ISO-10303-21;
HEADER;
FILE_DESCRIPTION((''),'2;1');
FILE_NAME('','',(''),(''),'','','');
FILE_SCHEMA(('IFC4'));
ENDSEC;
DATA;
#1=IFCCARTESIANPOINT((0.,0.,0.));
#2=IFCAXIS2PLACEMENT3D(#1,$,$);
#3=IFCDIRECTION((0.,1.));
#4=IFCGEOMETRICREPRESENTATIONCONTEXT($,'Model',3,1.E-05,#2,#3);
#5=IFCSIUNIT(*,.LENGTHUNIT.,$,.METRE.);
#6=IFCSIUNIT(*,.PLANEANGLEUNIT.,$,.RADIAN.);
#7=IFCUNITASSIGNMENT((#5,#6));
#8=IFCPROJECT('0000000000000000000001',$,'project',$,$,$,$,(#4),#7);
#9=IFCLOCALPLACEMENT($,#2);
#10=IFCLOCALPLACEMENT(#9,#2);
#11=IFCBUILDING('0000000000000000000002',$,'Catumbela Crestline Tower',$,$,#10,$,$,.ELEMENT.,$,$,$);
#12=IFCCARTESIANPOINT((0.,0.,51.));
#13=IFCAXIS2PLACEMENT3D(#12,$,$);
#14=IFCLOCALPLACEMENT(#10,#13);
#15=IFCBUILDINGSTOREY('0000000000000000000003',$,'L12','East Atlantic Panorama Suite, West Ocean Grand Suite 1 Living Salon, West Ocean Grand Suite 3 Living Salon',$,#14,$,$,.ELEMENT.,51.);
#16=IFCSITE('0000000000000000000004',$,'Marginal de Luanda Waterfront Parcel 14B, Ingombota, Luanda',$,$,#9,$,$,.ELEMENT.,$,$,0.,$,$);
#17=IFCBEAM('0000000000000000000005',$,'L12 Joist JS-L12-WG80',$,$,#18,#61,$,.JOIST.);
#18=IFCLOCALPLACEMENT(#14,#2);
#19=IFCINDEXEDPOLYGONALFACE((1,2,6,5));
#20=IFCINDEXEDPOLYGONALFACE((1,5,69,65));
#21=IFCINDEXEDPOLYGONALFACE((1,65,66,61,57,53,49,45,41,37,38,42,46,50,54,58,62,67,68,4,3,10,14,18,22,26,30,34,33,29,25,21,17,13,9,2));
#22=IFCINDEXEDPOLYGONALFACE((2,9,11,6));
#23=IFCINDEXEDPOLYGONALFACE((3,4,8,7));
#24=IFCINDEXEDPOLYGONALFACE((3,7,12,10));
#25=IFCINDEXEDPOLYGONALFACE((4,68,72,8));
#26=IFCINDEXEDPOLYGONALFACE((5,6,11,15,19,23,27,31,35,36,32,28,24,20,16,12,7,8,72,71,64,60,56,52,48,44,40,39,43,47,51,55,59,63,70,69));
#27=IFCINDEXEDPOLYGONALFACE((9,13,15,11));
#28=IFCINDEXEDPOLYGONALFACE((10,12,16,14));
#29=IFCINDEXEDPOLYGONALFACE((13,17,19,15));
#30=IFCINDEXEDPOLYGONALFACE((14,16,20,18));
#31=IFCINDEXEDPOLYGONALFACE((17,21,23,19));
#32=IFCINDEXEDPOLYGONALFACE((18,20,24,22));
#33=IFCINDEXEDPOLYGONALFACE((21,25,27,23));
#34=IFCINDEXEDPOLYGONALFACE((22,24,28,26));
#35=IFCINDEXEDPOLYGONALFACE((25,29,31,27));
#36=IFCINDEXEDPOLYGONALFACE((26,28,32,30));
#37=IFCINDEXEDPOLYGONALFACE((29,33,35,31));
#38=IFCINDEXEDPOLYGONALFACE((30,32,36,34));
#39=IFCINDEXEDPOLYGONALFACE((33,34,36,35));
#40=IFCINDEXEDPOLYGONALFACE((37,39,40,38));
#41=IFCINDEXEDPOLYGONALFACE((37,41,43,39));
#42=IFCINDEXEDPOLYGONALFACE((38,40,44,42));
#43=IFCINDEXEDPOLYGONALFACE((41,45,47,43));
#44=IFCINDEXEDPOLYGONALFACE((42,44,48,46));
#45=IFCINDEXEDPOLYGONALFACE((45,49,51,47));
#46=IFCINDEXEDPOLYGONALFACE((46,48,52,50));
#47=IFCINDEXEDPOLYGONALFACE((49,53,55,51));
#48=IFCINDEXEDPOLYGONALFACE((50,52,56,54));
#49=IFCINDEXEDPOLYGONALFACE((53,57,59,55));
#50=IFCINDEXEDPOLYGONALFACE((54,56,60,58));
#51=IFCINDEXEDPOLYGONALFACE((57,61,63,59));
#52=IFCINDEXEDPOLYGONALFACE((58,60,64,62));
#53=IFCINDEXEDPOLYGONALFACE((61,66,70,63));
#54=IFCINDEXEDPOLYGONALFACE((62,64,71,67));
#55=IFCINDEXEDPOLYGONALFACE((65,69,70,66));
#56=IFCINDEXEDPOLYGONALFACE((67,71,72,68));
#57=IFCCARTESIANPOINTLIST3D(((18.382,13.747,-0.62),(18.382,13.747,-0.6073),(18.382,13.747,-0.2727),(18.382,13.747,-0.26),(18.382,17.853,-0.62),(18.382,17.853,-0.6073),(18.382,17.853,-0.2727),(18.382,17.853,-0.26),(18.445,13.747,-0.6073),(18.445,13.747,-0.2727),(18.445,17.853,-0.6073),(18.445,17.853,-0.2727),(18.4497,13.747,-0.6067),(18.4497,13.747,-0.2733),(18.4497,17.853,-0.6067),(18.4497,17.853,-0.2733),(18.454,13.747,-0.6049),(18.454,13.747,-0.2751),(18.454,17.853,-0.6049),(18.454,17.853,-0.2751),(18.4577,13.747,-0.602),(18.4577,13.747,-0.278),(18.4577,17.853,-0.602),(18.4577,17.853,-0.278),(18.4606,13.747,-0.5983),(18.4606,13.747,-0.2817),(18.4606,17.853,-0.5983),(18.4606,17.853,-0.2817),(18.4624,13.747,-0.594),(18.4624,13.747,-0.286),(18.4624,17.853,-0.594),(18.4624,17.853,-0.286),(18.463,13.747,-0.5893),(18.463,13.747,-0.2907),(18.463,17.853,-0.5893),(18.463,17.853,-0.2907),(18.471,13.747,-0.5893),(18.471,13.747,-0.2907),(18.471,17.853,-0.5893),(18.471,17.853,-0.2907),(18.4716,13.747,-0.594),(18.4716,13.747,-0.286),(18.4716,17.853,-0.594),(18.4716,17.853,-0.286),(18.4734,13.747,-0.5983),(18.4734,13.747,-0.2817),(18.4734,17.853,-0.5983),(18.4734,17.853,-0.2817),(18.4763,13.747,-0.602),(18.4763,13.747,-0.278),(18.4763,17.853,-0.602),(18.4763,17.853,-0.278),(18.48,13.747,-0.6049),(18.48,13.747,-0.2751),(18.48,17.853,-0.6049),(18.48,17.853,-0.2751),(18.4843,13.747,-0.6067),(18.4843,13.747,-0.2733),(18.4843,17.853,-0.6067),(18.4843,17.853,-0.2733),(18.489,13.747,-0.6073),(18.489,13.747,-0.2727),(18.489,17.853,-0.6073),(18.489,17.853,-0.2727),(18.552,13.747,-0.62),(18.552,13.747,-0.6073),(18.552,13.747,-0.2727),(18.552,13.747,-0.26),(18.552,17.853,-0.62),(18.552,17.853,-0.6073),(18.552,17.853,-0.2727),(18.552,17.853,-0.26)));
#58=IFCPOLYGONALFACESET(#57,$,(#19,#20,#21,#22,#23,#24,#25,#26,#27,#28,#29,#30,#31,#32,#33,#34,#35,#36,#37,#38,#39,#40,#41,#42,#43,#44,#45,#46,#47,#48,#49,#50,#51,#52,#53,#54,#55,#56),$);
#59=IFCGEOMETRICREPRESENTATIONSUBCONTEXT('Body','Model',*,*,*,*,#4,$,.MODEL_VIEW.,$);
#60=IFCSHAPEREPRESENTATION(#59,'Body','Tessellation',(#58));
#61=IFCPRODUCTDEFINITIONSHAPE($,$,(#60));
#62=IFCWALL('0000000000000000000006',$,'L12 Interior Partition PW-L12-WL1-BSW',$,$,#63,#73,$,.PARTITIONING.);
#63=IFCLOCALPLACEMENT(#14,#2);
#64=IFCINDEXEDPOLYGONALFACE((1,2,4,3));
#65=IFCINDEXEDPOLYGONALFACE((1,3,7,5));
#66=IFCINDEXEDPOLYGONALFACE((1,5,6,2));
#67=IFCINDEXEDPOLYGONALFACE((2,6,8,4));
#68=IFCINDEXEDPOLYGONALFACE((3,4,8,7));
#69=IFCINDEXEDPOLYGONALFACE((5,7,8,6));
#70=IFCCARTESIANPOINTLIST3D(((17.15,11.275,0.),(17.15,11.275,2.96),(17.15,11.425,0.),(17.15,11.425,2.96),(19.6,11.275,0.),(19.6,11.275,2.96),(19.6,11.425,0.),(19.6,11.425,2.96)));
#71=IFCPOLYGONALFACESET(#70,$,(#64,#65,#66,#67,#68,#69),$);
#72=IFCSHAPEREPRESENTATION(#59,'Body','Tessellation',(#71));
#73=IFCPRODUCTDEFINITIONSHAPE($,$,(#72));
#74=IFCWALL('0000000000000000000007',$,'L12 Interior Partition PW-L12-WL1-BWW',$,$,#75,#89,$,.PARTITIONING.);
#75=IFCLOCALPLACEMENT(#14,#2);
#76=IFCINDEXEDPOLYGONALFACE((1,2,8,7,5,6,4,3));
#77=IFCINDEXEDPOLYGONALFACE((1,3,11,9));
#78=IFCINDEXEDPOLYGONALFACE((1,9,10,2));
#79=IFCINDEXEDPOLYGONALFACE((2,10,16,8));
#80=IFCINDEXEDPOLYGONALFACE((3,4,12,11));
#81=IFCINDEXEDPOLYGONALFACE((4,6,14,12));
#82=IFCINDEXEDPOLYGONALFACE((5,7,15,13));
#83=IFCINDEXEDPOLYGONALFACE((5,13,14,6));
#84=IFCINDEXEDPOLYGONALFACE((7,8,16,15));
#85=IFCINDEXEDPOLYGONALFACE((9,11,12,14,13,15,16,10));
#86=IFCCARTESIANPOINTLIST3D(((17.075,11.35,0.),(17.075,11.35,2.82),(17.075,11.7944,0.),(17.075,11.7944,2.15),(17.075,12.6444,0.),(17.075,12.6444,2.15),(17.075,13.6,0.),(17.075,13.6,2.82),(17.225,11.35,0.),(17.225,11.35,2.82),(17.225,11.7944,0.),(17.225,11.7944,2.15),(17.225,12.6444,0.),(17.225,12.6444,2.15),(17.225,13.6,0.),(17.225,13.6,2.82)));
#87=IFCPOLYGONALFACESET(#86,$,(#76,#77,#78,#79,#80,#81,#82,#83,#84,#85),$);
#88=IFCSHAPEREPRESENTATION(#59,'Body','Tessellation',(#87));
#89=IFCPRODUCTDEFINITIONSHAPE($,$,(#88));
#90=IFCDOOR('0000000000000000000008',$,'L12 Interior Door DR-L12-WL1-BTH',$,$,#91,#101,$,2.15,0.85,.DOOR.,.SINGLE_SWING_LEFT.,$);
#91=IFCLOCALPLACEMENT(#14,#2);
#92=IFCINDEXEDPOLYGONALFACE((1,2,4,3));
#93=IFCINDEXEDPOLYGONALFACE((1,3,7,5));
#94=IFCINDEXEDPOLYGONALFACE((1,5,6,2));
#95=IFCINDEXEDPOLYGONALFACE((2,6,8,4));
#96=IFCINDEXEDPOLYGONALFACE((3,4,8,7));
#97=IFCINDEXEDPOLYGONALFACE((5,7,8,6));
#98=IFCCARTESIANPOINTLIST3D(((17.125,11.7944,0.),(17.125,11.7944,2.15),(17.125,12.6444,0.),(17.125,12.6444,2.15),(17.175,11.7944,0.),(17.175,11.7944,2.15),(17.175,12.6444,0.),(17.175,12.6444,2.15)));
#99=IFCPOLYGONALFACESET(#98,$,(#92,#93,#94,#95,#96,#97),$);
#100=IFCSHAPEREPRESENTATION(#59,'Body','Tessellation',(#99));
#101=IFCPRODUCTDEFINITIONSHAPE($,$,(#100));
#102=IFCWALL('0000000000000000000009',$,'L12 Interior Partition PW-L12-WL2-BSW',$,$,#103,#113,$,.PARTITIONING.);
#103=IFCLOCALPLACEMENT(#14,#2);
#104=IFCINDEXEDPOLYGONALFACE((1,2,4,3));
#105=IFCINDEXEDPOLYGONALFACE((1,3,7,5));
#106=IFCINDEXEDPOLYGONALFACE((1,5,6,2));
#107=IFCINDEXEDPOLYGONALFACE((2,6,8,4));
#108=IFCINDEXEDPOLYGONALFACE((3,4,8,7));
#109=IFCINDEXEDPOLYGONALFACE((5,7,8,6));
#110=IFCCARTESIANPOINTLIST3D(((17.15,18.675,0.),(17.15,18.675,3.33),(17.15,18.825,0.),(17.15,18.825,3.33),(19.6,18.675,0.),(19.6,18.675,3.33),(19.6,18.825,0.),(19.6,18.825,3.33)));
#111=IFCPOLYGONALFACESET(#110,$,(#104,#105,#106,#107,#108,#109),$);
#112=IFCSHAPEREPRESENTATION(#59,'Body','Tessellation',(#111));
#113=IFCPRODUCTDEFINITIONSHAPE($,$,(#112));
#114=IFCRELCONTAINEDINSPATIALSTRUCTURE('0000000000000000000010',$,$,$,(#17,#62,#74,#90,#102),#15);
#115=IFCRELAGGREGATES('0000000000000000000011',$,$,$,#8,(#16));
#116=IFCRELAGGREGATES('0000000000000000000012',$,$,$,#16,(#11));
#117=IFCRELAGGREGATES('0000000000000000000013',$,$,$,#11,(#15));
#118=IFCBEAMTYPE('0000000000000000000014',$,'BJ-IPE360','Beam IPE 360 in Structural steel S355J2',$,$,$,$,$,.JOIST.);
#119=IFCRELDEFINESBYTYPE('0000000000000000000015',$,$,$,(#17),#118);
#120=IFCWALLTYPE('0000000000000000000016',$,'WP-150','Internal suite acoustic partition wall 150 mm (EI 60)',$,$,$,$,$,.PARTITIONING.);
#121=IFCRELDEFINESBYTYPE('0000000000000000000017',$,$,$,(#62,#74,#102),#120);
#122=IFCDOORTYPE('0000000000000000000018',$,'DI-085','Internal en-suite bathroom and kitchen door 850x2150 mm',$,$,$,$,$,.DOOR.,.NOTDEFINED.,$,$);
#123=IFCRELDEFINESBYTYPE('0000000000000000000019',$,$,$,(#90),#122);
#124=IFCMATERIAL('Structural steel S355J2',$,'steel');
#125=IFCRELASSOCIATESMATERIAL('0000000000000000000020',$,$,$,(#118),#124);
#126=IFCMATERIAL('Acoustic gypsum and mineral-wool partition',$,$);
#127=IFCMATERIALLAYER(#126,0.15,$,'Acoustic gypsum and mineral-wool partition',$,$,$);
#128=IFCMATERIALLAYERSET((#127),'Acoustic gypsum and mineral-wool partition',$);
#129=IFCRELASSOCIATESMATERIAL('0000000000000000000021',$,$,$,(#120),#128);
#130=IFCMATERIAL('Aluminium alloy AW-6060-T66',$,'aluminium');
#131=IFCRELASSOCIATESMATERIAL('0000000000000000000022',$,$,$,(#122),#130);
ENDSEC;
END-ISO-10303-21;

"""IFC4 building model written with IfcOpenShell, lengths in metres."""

from ifc_helpers import new_model, si_unit, direction, frame, frame_2d, origin, origin_2d, place, context, subcontext, project, spatial, rectangle, i_section, extrude, material, layer, layer_set, material_profile, profile_set, type_object, element, fill, save


model = new_model("IFC4")

# Units and contexts
model_context = context("Model", 3, precision=1e-05, world=origin(), true_north=direction((0.0, 1.0)))
body_context = subcontext(model_context, "Body", "Model", "MODEL_VIEW")
ifc_project = project(units=[si_unit("LENGTHUNIT", "METRE"), si_unit("PLANEANGLEUNIT", "RADIAN")], contexts=[model_context])

# Site, building, storey
site_placement = place(None, origin())
site = spatial("IfcSite", under=ifc_project, at=site_placement, Name="Marginal de Luanda Waterfront Parcel 14B, Ingombota, Luanda", CompositionType="ELEMENT", RefElevation=0.0)
building_placement = place(site_placement, origin())
building = spatial("IfcBuilding", under=site, at=building_placement, Name="Catumbela Crestline Tower", CompositionType="ELEMENT")
storey_placement = place(building_placement, frame((0.0, 0.0, 51.0)))
storey = spatial("IfcBuildingStorey", under=building, at=storey_placement, Name="L12", Description="East Atlantic Panorama Suite, West Ocean Grand Suite 1 Living Salon, West Ocean Grand Suite 3 Living Salon", CompositionType="ELEMENT", Elevation=51.0)

# Beam
ifc_material_1 = material(Name="Structural steel S355J2", Category="steel")
ifc_material_profile_1 = material_profile(ifc_material_1, i_section(OverallWidth=0.17, OverallDepth=0.36, WebThickness=0.008, FlangeThickness=0.0127, FilletRadius=0.018, at=origin_2d()), Name="IPE 360")
ifc_profile_set_1 = profile_set([ifc_material_profile_1], Name="Structural steel S355J2")
beam_type_1 = type_object("IfcBeamType", Name="BJ-IPE360", Description="Beam IPE 360 in Structural steel S355J2", PredefinedType="JOIST", material=ifc_profile_set_1)
for number, where, z_axis, x_axis, name in (
    (1, (18.467, 13.747, -0.44), (0.0, 1.0, 0.0), (-1.0, 0.0, 0.0), "L12 Joist JS-L12-WG80"),
):
    element("IfcBeam", number, at=place(storey_placement, frame(where, z_axis=z_axis, x_axis=x_axis)), inside=storey, type_object=beam_type_1, Name=name, PredefinedType="JOIST", context=body_context, shape_type="SweptSolid", body=[
        extrude(i_section(OverallWidth=0.17, OverallDepth=0.36, WebThickness=0.008, FlangeThickness=0.0127, FilletRadius=0.018, at=origin_2d()), origin(), (0.0, 0.0, 1.0), 4.106),
    ])

# Wall
ifc_material_2 = material(Name="Acoustic gypsum and mineral-wool partition")
ifc_layer = layer(ifc_material_2, 0.15, Name="Acoustic gypsum and mineral-wool partition")
ifc_layer_set = layer_set([ifc_layer], Name="Acoustic gypsum and mineral-wool partition")
wall_type = type_object("IfcWallType", Name="WP-150", Description="Internal suite acoustic partition wall 150 mm (EI 60)", PredefinedType="PARTITIONING", material=ifc_layer_set)
wall_1_placement = place(storey_placement, frame((17.15, 11.35, 0.0), z_axis=(0.0, 0.0, 1.0), x_axis=(1.0, 0.0, 0.0)))
element("IfcWall", 2, at=wall_1_placement, inside=storey, type_object=wall_type, Name="L12 Interior Partition PW-L12-WL1-BSW", PredefinedType="PARTITIONING", context=body_context, shape_type="SweptSolid", body=[
    extrude(rectangle(XDim=2.45, YDim=0.15, at=frame_2d((1.225, 0.0))), origin(), (0.0, 0.0, 1.0), 2.96),
])

# Wall, opening, door
wall_2_placement = place(storey_placement, frame((17.15, 11.35, 0.0), z_axis=(0.0, 0.0, 1.0), x_axis=(0.0, 1.0, 0.0)))
wall_2 = element("IfcWall", 3, at=wall_2_placement, inside=storey, type_object=wall_type, Name="L12 Interior Partition PW-L12-WL1-BWW", PredefinedType="PARTITIONING", context=body_context, shape_type="SweptSolid", body=[
    extrude(rectangle(XDim=2.25, YDim=0.15, at=frame_2d((1.125, 0.0))), origin(), (0.0, 0.0, 1.0), 2.82),
])
opening_placement = place(wall_2_placement, frame((0.4444, 0.0, 0.0)))
opening = element("IfcOpeningElement", 4, at=opening_placement, cuts=wall_2, PredefinedType="OPENING", context=body_context, shape_type="SweptSolid", body=[
    extrude(rectangle(XDim=0.85, YDim=2.15, at=frame_2d((0.425, 1.075))), frame((0.0, 0.085, 0.0), z_axis=(0.0, -1.0, 0.0), x_axis=(1.0, 0.0, 0.0)), (0.0, 0.0, 1.0), 0.17),
])
ifc_material_3 = material(Name="Aluminium alloy AW-6060-T66", Category="aluminium")
door_type = type_object("IfcDoorType", Name="DI-085", Description="Internal en-suite bathroom and kitchen door 850x2150 mm", OperationType="NOTDEFINED", PredefinedType="DOOR", material=ifc_material_3)
door_placement = place(opening_placement, origin())
door = element("IfcDoor", 5, at=door_placement, inside=storey, type_object=door_type, Name="L12 Interior Door DR-L12-WL1-BTH", OperationType="SINGLE_SWING_LEFT", OverallHeight=2.15, OverallWidth=0.85, PredefinedType="DOOR", context=body_context, shape_type="SweptSolid", body=[
    extrude(rectangle(XDim=0.85, YDim=2.15, at=frame_2d((0.425, 1.075))), frame((0.0, 0.025, 0.0), z_axis=(0.0, -1.0, 0.0), x_axis=(1.0, 0.0, 0.0)), (0.0, 0.0, 1.0), 0.05),
])
fill(opening, door)

# Wall
wall_3_placement = place(storey_placement, frame((17.15, 18.75, 0.0), z_axis=(0.0, 0.0, 1.0), x_axis=(1.0, 0.0, 0.0)))
element("IfcWall", 6, at=wall_3_placement, inside=storey, type_object=wall_type, Name="L12 Interior Partition PW-L12-WL2-BSW", PredefinedType="PARTITIONING", context=body_context, shape_type="SweptSolid", body=[
    extrude(rectangle(XDim=2.45, YDim=0.15, at=frame_2d((1.225, 0.0))), origin(), (0.0, 0.0, 1.0), 3.33),
])

save(model, "model.ifc")
